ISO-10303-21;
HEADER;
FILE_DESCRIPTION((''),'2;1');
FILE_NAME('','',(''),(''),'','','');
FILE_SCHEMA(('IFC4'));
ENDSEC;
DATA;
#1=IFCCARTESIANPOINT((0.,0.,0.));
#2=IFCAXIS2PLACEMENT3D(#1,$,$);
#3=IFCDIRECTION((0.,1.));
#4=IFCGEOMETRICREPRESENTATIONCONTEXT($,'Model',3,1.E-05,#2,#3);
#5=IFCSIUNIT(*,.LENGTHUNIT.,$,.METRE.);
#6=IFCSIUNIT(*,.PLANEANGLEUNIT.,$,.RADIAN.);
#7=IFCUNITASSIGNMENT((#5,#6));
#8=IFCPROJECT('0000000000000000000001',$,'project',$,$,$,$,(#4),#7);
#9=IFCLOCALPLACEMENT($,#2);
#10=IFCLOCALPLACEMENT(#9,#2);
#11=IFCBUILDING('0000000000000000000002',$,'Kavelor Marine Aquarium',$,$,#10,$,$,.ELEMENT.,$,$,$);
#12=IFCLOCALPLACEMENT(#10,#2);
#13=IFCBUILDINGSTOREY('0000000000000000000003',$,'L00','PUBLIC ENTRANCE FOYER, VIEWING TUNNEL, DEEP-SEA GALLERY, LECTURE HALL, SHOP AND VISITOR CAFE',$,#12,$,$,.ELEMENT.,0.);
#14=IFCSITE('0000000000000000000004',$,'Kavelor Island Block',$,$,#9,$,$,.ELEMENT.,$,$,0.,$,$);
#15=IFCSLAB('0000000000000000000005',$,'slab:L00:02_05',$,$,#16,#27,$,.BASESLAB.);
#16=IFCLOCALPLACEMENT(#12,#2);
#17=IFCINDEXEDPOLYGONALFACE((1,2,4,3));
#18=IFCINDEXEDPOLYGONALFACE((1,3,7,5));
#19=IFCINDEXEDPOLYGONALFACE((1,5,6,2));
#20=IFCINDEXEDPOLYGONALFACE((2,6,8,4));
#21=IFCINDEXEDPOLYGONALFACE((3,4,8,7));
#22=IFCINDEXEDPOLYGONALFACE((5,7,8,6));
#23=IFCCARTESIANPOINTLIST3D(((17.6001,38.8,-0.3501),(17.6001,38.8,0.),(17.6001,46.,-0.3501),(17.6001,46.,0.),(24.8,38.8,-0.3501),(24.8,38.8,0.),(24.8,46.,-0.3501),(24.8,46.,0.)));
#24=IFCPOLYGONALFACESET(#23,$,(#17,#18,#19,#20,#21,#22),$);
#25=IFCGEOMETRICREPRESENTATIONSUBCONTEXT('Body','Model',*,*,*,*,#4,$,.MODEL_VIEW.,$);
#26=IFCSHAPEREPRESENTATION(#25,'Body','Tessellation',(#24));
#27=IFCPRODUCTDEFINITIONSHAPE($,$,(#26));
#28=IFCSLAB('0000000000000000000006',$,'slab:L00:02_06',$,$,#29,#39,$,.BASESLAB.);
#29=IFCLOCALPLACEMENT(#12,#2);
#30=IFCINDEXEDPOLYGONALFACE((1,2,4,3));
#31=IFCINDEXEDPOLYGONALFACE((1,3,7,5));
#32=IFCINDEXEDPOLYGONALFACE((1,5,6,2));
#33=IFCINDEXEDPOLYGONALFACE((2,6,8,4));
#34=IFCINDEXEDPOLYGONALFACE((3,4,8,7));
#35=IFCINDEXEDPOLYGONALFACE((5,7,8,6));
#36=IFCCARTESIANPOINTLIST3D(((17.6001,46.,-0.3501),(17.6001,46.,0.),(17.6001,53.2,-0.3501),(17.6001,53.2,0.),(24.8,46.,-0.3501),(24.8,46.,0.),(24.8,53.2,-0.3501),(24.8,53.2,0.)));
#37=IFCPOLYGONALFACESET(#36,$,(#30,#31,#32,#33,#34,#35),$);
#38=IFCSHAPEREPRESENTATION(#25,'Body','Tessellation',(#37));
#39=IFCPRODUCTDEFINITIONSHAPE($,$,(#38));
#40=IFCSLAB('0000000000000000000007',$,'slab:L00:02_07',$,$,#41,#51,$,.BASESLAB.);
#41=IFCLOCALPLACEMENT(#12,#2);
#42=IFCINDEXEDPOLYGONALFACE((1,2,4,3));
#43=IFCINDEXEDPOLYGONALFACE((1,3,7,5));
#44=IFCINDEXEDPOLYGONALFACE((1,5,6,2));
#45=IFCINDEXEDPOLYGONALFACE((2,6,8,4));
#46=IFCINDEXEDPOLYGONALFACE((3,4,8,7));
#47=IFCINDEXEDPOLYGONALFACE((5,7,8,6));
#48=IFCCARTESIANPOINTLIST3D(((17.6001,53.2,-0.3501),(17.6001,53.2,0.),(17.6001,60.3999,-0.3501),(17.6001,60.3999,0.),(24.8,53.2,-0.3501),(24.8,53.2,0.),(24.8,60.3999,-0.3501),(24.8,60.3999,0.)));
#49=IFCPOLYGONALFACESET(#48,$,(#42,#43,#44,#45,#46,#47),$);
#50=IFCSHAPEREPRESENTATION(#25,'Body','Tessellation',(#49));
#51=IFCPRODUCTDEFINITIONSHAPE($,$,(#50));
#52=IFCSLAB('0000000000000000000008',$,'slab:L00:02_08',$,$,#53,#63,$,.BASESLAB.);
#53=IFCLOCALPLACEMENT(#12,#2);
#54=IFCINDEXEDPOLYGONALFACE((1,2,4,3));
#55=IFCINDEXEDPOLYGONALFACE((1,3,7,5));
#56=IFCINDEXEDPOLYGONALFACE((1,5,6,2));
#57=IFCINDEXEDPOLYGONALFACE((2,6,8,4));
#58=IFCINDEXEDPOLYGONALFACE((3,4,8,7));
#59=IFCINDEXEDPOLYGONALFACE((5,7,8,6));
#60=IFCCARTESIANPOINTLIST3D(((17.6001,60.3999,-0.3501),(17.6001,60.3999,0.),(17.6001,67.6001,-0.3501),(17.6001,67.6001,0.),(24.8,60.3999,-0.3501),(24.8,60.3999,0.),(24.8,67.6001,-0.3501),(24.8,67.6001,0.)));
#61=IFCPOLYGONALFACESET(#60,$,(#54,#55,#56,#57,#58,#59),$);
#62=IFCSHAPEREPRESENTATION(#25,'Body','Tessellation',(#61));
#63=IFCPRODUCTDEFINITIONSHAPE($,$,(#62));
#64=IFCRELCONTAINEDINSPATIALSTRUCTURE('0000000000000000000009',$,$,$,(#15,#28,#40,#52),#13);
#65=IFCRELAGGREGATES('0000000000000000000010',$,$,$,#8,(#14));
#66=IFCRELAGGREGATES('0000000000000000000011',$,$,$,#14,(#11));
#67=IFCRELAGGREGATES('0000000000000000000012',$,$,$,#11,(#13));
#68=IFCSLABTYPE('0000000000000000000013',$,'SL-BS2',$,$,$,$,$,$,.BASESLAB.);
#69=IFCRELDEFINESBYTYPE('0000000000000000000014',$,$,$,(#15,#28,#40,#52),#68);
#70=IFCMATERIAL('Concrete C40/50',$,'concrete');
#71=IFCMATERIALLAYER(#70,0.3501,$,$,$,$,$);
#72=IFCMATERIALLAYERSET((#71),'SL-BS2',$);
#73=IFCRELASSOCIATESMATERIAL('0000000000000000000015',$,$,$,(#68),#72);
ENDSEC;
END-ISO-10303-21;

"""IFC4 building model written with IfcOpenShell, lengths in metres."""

from ifc_helpers import new_model, si_unit, direction, frame, origin, place, context, subcontext, project, spatial, polyline, outline, extrude, material, layer, layer_set, type_object, element, save


model = new_model("IFC4")

# Units and contexts
model_context = context("Model", 3, precision=1e-05, world=origin(), true_north=direction((0.0, 1.0)))
body_context = subcontext(model_context, "Body", "Model", "MODEL_VIEW")
ifc_project = project(units=[si_unit("LENGTHUNIT", "METRE"), si_unit("PLANEANGLEUNIT", "RADIAN")], contexts=[model_context])

# Site, building, storey
site_placement = place(None, origin())
site = spatial("IfcSite", under=ifc_project, at=site_placement, Name="Kavelor Island Block", CompositionType="ELEMENT", RefElevation=0.0)
building_placement = place(site_placement, origin())
building = spatial("IfcBuilding", under=site, at=building_placement, Name="Kavelor Marine Aquarium", CompositionType="ELEMENT")
storey_placement = place(building_placement, origin())
storey = spatial("IfcBuildingStorey", under=building, at=storey_placement, Name="L00", Description="PUBLIC ENTRANCE FOYER, VIEWING TUNNEL, DEEP-SEA GALLERY, LECTURE HALL, SHOP AND VISITOR CAFE", CompositionType="ELEMENT", Elevation=0.0)

# Slabs
ifc_material = material(Name="Concrete C40/50", Category="concrete")
ifc_layer = layer(ifc_material, 0.3501)
ifc_layer_set = layer_set([ifc_layer], Name="SL-BS2")
slab_type = type_object("IfcSlabType", Name="SL-BS2", PredefinedType="BASESLAB", material=ifc_layer_set)
slab_1_placement = place(storey_placement, frame((0.0, 0.0, -0.3501)))
element("IfcSlab", 1, at=slab_1_placement, inside=storey, type_object=slab_type, Name="slab:L00:02_05", PredefinedType="BASESLAB", context=body_context, shape_type="SweptSolid", body=[
    extrude(outline(polyline([(17.6001, 38.8), (24.8, 38.8), (24.8, 46.0), (17.6001, 46.0), (17.6001, 38.8)])), origin(), (0.0, 0.0, 1.0), 0.3501),
])
slab_2_placement = place(storey_placement, frame((0.0, 0.0, -0.3501)))
element("IfcSlab", 2, at=slab_2_placement, inside=storey, type_object=slab_type, Name="slab:L00:02_06", PredefinedType="BASESLAB", context=body_context, shape_type="SweptSolid", body=[
    extrude(outline(polyline([(17.6001, 46.0), (24.8, 46.0), (24.8, 53.2), (17.6001, 53.2), (17.6001, 46.0)])), origin(), (0.0, 0.0, 1.0), 0.3501),
])
slab_3_placement = place(storey_placement, frame((0.0, 0.0, -0.3501)))
element("IfcSlab", 3, at=slab_3_placement, inside=storey, type_object=slab_type, Name="slab:L00:02_07", PredefinedType="BASESLAB", context=body_context, shape_type="SweptSolid", body=[
    extrude(outline(polyline([(17.6001, 53.2), (24.8, 53.2), (24.8, 60.3999), (17.6001, 60.3999), (17.6001, 53.2)])), origin(), (0.0, 0.0, 1.0), 0.3501),
])
slab_4_placement = place(storey_placement, frame((0.0, 0.0, -0.3501)))
element("IfcSlab", 4, at=slab_4_placement, inside=storey, type_object=slab_type, Name="slab:L00:02_08", PredefinedType="BASESLAB", context=body_context, shape_type="SweptSolid", body=[
    extrude(outline(polyline([(17.6001, 60.3999), (24.8, 60.3999), (24.8, 67.6001), (17.6001, 67.6001), (17.6001, 60.3999)])), origin(), (0.0, 0.0, 1.0), 0.3501),
])

save(model, "model.ifc")
